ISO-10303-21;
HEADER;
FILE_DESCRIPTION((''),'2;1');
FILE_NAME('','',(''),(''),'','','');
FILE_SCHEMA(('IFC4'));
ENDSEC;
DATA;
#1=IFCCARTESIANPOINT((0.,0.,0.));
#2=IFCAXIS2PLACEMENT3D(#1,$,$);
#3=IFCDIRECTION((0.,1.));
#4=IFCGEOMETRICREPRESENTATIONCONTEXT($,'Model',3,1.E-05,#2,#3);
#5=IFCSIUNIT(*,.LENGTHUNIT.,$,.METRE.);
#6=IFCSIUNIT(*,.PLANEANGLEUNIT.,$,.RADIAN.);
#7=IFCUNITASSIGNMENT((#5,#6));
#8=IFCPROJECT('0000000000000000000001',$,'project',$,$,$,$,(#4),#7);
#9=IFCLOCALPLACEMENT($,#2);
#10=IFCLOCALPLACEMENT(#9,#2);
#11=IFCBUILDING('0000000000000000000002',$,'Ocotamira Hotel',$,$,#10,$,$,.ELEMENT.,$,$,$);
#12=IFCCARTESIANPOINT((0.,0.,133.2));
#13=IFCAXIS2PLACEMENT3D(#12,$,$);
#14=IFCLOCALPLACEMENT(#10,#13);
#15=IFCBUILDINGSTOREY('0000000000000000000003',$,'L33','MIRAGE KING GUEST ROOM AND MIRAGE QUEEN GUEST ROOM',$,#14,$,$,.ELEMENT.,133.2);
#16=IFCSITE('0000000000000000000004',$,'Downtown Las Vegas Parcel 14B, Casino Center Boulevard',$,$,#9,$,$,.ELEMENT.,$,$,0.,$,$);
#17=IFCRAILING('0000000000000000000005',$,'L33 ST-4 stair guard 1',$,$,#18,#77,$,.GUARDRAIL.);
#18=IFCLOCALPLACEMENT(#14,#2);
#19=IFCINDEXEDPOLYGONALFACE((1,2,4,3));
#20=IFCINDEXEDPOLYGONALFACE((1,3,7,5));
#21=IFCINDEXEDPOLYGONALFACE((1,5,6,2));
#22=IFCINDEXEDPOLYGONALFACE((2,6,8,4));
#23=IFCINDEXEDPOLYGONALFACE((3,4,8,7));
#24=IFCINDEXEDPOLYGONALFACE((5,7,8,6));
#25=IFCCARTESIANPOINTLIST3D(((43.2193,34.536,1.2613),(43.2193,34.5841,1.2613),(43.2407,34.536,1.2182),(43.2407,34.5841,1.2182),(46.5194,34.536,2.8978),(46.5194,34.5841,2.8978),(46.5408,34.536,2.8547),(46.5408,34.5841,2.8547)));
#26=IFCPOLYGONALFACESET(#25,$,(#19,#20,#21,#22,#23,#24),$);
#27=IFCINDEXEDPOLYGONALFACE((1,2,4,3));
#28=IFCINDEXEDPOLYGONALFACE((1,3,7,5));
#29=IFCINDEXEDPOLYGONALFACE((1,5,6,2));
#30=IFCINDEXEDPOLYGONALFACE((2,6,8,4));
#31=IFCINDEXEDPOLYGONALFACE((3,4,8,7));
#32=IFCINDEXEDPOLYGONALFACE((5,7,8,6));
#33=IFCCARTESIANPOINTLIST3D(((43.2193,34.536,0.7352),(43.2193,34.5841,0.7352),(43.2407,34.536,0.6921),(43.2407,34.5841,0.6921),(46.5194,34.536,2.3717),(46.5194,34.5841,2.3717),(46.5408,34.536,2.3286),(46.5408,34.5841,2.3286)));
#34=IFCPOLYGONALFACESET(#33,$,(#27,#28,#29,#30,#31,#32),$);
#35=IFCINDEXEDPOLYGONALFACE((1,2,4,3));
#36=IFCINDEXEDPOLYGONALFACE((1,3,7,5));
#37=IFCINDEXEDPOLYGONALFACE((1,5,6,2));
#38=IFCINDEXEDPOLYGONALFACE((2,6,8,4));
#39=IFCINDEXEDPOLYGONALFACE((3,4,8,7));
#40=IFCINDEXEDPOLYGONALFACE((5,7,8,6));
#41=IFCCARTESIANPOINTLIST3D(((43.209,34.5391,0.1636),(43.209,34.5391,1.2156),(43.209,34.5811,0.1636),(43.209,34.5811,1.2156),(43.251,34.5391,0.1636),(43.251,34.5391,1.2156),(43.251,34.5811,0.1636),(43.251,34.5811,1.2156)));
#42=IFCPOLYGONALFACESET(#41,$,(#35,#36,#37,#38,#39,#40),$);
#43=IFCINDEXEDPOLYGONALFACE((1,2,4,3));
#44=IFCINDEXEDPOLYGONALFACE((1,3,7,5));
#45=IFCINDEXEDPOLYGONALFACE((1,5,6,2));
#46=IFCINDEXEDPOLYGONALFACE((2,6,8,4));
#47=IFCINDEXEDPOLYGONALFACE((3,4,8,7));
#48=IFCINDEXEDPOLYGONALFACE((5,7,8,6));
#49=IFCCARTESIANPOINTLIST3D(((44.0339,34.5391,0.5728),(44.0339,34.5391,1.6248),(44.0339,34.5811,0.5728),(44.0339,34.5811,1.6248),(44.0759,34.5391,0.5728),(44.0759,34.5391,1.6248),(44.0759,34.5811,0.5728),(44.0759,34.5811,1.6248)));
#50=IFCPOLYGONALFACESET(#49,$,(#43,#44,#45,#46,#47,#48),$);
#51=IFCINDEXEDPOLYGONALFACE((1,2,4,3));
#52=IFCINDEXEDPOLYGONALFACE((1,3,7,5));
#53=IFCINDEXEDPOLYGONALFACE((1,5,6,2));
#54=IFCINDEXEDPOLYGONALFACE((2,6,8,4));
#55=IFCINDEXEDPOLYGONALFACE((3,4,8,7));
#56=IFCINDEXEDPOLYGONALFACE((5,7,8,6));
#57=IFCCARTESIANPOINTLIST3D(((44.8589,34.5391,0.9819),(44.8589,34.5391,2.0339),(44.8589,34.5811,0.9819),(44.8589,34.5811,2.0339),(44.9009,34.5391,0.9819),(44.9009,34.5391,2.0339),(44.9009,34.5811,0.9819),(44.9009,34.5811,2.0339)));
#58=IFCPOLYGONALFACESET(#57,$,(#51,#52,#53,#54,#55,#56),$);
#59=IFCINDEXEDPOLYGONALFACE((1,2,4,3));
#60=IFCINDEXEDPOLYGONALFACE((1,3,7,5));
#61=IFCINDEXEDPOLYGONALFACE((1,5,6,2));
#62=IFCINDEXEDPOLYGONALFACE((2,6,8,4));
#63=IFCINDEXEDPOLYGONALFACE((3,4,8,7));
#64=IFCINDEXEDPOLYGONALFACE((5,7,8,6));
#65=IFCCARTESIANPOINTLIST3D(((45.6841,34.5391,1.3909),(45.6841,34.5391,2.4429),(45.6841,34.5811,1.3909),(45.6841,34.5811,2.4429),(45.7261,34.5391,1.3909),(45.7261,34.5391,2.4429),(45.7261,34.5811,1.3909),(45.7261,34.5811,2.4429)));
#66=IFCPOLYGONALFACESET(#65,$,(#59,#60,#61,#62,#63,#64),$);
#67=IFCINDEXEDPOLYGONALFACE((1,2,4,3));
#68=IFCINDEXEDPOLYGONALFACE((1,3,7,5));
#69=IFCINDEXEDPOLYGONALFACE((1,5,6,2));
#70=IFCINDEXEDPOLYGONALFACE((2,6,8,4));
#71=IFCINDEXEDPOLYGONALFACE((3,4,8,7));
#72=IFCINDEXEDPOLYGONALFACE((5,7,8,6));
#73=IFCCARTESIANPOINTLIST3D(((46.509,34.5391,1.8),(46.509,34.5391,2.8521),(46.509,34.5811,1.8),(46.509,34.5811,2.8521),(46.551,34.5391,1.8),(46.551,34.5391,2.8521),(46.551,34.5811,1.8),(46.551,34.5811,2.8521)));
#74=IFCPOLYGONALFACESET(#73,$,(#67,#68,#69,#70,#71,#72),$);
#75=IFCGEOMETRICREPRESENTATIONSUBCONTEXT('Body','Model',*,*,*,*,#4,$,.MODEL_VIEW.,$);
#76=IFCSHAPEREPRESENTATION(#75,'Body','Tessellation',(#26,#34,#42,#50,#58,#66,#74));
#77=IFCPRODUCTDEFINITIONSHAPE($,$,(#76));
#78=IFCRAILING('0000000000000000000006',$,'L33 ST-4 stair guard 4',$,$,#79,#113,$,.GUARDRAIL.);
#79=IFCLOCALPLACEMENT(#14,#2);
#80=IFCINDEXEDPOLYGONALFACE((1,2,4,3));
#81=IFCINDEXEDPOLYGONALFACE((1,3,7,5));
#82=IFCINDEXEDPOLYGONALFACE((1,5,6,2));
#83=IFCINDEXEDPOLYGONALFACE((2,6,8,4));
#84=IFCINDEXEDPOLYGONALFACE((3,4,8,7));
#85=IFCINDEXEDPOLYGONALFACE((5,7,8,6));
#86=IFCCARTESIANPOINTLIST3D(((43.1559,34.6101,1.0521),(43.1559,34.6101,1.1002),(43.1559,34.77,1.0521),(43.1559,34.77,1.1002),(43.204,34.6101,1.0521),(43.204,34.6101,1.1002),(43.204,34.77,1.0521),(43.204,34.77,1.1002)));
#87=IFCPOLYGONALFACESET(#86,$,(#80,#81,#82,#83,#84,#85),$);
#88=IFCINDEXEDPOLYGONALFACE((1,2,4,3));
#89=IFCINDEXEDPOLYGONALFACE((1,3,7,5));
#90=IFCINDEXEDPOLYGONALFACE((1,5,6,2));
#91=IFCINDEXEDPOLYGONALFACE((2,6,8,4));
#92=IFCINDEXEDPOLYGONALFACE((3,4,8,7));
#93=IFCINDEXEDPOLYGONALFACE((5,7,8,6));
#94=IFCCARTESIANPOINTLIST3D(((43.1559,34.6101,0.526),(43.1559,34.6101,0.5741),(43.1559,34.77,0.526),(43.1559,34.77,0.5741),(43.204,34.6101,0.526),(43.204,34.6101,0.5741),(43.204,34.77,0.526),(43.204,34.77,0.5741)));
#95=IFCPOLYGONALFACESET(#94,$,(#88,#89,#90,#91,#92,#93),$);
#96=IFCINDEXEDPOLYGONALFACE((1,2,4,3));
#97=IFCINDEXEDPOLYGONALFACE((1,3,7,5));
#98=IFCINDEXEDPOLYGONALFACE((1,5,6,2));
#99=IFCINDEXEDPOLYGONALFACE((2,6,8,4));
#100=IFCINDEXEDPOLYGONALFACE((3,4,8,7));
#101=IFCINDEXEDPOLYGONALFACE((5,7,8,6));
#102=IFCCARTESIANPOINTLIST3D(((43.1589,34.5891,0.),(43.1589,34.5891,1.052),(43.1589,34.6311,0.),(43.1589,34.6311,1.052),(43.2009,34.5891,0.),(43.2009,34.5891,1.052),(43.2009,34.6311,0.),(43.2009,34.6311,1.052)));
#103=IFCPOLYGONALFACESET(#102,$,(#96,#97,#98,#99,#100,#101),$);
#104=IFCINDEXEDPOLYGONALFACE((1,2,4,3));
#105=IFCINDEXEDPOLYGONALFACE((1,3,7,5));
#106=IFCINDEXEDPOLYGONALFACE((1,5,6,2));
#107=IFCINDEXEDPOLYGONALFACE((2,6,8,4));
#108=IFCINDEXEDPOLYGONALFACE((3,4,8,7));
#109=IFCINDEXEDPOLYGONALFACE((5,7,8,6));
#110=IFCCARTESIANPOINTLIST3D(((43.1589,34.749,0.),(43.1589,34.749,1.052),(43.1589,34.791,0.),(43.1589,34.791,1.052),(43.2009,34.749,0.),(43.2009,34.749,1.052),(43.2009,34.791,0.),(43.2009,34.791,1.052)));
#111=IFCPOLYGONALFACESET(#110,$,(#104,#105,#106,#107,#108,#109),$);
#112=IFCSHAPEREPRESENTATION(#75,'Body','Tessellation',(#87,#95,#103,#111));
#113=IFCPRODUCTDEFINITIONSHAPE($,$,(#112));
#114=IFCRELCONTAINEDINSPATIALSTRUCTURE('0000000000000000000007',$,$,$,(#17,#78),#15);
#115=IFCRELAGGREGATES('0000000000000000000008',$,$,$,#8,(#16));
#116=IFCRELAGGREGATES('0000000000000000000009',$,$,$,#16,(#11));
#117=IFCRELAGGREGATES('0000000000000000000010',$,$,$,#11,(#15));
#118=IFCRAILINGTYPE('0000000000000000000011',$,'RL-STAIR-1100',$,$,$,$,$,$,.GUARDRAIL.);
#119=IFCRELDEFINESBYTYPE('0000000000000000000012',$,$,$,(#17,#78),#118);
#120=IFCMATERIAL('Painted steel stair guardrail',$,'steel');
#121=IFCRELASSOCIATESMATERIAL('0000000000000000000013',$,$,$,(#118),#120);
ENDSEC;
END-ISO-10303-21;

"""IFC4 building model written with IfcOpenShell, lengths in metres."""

from ifc_helpers import new_model, si_unit, direction, frame, origin, origin_2d, place, context, subcontext, project, spatial, rectangle, extrude, material, type_object, element, save


model = new_model("IFC4")

# Units and contexts
model_context = context("Model", 3, precision=1e-05, world=origin(), true_north=direction((0.0, 1.0)))
body_context = subcontext(model_context, "Body", "Model", "MODEL_VIEW")
ifc_project = project(units=[si_unit("LENGTHUNIT", "METRE"), si_unit("PLANEANGLEUNIT", "RADIAN")], contexts=[model_context])

# Site, building, storey
site_placement = place(None, origin())
site = spatial("IfcSite", under=ifc_project, at=site_placement, Name="Downtown Las Vegas Parcel 14B, Casino Center Boulevard", CompositionType="ELEMENT", RefElevation=0.0)
building_placement = place(site_placement, origin())
building = spatial("IfcBuilding", under=site, at=building_placement, Name="Ocotamira Hotel", CompositionType="ELEMENT")
storey_placement = place(building_placement, frame((0.0, 0.0, 133.2)))
storey = spatial("IfcBuildingStorey", under=building, at=storey_placement, Name="L33", Description="MIRAGE KING GUEST ROOM AND MIRAGE QUEEN GUEST ROOM", CompositionType="ELEMENT", Elevation=133.2)

# Railings
ifc_material_1 = material(Name="Painted steel stair guardrail", Category="steel")
railing_type_1 = type_object("IfcRailingType", Name="RL-STAIR-1100", PredefinedType="GUARDRAIL", material=ifc_material_1)
railing_1_placement = place(storey_placement, frame((43.23, 34.5601, 0.1636)))
element("IfcRailing", 1, at=railing_1_placement, inside=storey, type_object=railing_type_1, Name="L33 ST-4 stair guard 1", PredefinedType="GUARDRAIL", context=body_context, shape_type="SweptSolid", body=[
    extrude(rectangle(XDim=0.0481, YDim=0.0481, at=origin_2d()), frame((0.0, 0.0, 1.0762), z_axis=(0.895894, 0.0, 0.444268), x_axis=(0.0, 1.0, 0.0)), (0.0, 0.0, 1.0), 3.6836),
    extrude(rectangle(XDim=0.0481, YDim=0.0481, at=origin_2d()), frame((0.0, 0.0, 0.55), z_axis=(0.895894, 0.0, 0.444268), x_axis=(0.0, 1.0, 0.0)), (0.0, 0.0, 1.0), 3.6836),
    extrude(rectangle(XDim=0.042, YDim=0.042, at=origin_2d()), origin(), (0.0, 0.0, 1.0), 1.052),
    extrude(rectangle(XDim=0.042, YDim=0.042, at=origin_2d()), frame((0.825, 0.0, 0.4092)), (0.0, 0.0, 1.0), 1.052),
    extrude(rectangle(XDim=0.042, YDim=0.042, at=origin_2d()), frame((1.6499, 0.0, 0.8184)), (0.0, 0.0, 1.0), 1.052),
    extrude(rectangle(XDim=0.042, YDim=0.042, at=origin_2d()), frame((2.4751, 0.0, 1.2273)), (0.0, 0.0, 1.0), 1.052),
    extrude(rectangle(XDim=0.042, YDim=0.042, at=origin_2d()), frame((3.3, 0.0, 1.6365)), (0.0, 0.0, 1.0), 1.052),
])
railing_2_placement = place(storey_placement, frame((43.1799, 34.6101, 0.0)))
element("IfcRailing", 2, at=railing_2_placement, inside=storey, type_object=railing_type_1, Name="L33 ST-4 stair guard 4", PredefinedType="GUARDRAIL", context=body_context, shape_type="SweptSolid", body=[
    extrude(rectangle(XDim=0.0481, YDim=0.0481, at=origin_2d()), frame((0.0, 0.0, 1.0762), z_axis=(0.0, 1.0, 0.0), x_axis=(-1.0, 0.0, 0.0)), (0.0, 0.0, 1.0), 0.1599),
    extrude(rectangle(XDim=0.0481, YDim=0.0481, at=origin_2d()), frame((0.0, 0.0, 0.55), z_axis=(0.0, 1.0, 0.0), x_axis=(-1.0, 0.0, 0.0)), (0.0, 0.0, 1.0), 0.1599),
    extrude(rectangle(XDim=0.042, YDim=0.042, at=origin_2d()), origin(), (0.0, 0.0, 1.0), 1.052),
    extrude(rectangle(XDim=0.042, YDim=0.042, at=origin_2d()), frame((0.0, 0.1599, 0.0)), (0.0, 0.0, 1.0), 1.052),
])

save(model, "model.ifc")
